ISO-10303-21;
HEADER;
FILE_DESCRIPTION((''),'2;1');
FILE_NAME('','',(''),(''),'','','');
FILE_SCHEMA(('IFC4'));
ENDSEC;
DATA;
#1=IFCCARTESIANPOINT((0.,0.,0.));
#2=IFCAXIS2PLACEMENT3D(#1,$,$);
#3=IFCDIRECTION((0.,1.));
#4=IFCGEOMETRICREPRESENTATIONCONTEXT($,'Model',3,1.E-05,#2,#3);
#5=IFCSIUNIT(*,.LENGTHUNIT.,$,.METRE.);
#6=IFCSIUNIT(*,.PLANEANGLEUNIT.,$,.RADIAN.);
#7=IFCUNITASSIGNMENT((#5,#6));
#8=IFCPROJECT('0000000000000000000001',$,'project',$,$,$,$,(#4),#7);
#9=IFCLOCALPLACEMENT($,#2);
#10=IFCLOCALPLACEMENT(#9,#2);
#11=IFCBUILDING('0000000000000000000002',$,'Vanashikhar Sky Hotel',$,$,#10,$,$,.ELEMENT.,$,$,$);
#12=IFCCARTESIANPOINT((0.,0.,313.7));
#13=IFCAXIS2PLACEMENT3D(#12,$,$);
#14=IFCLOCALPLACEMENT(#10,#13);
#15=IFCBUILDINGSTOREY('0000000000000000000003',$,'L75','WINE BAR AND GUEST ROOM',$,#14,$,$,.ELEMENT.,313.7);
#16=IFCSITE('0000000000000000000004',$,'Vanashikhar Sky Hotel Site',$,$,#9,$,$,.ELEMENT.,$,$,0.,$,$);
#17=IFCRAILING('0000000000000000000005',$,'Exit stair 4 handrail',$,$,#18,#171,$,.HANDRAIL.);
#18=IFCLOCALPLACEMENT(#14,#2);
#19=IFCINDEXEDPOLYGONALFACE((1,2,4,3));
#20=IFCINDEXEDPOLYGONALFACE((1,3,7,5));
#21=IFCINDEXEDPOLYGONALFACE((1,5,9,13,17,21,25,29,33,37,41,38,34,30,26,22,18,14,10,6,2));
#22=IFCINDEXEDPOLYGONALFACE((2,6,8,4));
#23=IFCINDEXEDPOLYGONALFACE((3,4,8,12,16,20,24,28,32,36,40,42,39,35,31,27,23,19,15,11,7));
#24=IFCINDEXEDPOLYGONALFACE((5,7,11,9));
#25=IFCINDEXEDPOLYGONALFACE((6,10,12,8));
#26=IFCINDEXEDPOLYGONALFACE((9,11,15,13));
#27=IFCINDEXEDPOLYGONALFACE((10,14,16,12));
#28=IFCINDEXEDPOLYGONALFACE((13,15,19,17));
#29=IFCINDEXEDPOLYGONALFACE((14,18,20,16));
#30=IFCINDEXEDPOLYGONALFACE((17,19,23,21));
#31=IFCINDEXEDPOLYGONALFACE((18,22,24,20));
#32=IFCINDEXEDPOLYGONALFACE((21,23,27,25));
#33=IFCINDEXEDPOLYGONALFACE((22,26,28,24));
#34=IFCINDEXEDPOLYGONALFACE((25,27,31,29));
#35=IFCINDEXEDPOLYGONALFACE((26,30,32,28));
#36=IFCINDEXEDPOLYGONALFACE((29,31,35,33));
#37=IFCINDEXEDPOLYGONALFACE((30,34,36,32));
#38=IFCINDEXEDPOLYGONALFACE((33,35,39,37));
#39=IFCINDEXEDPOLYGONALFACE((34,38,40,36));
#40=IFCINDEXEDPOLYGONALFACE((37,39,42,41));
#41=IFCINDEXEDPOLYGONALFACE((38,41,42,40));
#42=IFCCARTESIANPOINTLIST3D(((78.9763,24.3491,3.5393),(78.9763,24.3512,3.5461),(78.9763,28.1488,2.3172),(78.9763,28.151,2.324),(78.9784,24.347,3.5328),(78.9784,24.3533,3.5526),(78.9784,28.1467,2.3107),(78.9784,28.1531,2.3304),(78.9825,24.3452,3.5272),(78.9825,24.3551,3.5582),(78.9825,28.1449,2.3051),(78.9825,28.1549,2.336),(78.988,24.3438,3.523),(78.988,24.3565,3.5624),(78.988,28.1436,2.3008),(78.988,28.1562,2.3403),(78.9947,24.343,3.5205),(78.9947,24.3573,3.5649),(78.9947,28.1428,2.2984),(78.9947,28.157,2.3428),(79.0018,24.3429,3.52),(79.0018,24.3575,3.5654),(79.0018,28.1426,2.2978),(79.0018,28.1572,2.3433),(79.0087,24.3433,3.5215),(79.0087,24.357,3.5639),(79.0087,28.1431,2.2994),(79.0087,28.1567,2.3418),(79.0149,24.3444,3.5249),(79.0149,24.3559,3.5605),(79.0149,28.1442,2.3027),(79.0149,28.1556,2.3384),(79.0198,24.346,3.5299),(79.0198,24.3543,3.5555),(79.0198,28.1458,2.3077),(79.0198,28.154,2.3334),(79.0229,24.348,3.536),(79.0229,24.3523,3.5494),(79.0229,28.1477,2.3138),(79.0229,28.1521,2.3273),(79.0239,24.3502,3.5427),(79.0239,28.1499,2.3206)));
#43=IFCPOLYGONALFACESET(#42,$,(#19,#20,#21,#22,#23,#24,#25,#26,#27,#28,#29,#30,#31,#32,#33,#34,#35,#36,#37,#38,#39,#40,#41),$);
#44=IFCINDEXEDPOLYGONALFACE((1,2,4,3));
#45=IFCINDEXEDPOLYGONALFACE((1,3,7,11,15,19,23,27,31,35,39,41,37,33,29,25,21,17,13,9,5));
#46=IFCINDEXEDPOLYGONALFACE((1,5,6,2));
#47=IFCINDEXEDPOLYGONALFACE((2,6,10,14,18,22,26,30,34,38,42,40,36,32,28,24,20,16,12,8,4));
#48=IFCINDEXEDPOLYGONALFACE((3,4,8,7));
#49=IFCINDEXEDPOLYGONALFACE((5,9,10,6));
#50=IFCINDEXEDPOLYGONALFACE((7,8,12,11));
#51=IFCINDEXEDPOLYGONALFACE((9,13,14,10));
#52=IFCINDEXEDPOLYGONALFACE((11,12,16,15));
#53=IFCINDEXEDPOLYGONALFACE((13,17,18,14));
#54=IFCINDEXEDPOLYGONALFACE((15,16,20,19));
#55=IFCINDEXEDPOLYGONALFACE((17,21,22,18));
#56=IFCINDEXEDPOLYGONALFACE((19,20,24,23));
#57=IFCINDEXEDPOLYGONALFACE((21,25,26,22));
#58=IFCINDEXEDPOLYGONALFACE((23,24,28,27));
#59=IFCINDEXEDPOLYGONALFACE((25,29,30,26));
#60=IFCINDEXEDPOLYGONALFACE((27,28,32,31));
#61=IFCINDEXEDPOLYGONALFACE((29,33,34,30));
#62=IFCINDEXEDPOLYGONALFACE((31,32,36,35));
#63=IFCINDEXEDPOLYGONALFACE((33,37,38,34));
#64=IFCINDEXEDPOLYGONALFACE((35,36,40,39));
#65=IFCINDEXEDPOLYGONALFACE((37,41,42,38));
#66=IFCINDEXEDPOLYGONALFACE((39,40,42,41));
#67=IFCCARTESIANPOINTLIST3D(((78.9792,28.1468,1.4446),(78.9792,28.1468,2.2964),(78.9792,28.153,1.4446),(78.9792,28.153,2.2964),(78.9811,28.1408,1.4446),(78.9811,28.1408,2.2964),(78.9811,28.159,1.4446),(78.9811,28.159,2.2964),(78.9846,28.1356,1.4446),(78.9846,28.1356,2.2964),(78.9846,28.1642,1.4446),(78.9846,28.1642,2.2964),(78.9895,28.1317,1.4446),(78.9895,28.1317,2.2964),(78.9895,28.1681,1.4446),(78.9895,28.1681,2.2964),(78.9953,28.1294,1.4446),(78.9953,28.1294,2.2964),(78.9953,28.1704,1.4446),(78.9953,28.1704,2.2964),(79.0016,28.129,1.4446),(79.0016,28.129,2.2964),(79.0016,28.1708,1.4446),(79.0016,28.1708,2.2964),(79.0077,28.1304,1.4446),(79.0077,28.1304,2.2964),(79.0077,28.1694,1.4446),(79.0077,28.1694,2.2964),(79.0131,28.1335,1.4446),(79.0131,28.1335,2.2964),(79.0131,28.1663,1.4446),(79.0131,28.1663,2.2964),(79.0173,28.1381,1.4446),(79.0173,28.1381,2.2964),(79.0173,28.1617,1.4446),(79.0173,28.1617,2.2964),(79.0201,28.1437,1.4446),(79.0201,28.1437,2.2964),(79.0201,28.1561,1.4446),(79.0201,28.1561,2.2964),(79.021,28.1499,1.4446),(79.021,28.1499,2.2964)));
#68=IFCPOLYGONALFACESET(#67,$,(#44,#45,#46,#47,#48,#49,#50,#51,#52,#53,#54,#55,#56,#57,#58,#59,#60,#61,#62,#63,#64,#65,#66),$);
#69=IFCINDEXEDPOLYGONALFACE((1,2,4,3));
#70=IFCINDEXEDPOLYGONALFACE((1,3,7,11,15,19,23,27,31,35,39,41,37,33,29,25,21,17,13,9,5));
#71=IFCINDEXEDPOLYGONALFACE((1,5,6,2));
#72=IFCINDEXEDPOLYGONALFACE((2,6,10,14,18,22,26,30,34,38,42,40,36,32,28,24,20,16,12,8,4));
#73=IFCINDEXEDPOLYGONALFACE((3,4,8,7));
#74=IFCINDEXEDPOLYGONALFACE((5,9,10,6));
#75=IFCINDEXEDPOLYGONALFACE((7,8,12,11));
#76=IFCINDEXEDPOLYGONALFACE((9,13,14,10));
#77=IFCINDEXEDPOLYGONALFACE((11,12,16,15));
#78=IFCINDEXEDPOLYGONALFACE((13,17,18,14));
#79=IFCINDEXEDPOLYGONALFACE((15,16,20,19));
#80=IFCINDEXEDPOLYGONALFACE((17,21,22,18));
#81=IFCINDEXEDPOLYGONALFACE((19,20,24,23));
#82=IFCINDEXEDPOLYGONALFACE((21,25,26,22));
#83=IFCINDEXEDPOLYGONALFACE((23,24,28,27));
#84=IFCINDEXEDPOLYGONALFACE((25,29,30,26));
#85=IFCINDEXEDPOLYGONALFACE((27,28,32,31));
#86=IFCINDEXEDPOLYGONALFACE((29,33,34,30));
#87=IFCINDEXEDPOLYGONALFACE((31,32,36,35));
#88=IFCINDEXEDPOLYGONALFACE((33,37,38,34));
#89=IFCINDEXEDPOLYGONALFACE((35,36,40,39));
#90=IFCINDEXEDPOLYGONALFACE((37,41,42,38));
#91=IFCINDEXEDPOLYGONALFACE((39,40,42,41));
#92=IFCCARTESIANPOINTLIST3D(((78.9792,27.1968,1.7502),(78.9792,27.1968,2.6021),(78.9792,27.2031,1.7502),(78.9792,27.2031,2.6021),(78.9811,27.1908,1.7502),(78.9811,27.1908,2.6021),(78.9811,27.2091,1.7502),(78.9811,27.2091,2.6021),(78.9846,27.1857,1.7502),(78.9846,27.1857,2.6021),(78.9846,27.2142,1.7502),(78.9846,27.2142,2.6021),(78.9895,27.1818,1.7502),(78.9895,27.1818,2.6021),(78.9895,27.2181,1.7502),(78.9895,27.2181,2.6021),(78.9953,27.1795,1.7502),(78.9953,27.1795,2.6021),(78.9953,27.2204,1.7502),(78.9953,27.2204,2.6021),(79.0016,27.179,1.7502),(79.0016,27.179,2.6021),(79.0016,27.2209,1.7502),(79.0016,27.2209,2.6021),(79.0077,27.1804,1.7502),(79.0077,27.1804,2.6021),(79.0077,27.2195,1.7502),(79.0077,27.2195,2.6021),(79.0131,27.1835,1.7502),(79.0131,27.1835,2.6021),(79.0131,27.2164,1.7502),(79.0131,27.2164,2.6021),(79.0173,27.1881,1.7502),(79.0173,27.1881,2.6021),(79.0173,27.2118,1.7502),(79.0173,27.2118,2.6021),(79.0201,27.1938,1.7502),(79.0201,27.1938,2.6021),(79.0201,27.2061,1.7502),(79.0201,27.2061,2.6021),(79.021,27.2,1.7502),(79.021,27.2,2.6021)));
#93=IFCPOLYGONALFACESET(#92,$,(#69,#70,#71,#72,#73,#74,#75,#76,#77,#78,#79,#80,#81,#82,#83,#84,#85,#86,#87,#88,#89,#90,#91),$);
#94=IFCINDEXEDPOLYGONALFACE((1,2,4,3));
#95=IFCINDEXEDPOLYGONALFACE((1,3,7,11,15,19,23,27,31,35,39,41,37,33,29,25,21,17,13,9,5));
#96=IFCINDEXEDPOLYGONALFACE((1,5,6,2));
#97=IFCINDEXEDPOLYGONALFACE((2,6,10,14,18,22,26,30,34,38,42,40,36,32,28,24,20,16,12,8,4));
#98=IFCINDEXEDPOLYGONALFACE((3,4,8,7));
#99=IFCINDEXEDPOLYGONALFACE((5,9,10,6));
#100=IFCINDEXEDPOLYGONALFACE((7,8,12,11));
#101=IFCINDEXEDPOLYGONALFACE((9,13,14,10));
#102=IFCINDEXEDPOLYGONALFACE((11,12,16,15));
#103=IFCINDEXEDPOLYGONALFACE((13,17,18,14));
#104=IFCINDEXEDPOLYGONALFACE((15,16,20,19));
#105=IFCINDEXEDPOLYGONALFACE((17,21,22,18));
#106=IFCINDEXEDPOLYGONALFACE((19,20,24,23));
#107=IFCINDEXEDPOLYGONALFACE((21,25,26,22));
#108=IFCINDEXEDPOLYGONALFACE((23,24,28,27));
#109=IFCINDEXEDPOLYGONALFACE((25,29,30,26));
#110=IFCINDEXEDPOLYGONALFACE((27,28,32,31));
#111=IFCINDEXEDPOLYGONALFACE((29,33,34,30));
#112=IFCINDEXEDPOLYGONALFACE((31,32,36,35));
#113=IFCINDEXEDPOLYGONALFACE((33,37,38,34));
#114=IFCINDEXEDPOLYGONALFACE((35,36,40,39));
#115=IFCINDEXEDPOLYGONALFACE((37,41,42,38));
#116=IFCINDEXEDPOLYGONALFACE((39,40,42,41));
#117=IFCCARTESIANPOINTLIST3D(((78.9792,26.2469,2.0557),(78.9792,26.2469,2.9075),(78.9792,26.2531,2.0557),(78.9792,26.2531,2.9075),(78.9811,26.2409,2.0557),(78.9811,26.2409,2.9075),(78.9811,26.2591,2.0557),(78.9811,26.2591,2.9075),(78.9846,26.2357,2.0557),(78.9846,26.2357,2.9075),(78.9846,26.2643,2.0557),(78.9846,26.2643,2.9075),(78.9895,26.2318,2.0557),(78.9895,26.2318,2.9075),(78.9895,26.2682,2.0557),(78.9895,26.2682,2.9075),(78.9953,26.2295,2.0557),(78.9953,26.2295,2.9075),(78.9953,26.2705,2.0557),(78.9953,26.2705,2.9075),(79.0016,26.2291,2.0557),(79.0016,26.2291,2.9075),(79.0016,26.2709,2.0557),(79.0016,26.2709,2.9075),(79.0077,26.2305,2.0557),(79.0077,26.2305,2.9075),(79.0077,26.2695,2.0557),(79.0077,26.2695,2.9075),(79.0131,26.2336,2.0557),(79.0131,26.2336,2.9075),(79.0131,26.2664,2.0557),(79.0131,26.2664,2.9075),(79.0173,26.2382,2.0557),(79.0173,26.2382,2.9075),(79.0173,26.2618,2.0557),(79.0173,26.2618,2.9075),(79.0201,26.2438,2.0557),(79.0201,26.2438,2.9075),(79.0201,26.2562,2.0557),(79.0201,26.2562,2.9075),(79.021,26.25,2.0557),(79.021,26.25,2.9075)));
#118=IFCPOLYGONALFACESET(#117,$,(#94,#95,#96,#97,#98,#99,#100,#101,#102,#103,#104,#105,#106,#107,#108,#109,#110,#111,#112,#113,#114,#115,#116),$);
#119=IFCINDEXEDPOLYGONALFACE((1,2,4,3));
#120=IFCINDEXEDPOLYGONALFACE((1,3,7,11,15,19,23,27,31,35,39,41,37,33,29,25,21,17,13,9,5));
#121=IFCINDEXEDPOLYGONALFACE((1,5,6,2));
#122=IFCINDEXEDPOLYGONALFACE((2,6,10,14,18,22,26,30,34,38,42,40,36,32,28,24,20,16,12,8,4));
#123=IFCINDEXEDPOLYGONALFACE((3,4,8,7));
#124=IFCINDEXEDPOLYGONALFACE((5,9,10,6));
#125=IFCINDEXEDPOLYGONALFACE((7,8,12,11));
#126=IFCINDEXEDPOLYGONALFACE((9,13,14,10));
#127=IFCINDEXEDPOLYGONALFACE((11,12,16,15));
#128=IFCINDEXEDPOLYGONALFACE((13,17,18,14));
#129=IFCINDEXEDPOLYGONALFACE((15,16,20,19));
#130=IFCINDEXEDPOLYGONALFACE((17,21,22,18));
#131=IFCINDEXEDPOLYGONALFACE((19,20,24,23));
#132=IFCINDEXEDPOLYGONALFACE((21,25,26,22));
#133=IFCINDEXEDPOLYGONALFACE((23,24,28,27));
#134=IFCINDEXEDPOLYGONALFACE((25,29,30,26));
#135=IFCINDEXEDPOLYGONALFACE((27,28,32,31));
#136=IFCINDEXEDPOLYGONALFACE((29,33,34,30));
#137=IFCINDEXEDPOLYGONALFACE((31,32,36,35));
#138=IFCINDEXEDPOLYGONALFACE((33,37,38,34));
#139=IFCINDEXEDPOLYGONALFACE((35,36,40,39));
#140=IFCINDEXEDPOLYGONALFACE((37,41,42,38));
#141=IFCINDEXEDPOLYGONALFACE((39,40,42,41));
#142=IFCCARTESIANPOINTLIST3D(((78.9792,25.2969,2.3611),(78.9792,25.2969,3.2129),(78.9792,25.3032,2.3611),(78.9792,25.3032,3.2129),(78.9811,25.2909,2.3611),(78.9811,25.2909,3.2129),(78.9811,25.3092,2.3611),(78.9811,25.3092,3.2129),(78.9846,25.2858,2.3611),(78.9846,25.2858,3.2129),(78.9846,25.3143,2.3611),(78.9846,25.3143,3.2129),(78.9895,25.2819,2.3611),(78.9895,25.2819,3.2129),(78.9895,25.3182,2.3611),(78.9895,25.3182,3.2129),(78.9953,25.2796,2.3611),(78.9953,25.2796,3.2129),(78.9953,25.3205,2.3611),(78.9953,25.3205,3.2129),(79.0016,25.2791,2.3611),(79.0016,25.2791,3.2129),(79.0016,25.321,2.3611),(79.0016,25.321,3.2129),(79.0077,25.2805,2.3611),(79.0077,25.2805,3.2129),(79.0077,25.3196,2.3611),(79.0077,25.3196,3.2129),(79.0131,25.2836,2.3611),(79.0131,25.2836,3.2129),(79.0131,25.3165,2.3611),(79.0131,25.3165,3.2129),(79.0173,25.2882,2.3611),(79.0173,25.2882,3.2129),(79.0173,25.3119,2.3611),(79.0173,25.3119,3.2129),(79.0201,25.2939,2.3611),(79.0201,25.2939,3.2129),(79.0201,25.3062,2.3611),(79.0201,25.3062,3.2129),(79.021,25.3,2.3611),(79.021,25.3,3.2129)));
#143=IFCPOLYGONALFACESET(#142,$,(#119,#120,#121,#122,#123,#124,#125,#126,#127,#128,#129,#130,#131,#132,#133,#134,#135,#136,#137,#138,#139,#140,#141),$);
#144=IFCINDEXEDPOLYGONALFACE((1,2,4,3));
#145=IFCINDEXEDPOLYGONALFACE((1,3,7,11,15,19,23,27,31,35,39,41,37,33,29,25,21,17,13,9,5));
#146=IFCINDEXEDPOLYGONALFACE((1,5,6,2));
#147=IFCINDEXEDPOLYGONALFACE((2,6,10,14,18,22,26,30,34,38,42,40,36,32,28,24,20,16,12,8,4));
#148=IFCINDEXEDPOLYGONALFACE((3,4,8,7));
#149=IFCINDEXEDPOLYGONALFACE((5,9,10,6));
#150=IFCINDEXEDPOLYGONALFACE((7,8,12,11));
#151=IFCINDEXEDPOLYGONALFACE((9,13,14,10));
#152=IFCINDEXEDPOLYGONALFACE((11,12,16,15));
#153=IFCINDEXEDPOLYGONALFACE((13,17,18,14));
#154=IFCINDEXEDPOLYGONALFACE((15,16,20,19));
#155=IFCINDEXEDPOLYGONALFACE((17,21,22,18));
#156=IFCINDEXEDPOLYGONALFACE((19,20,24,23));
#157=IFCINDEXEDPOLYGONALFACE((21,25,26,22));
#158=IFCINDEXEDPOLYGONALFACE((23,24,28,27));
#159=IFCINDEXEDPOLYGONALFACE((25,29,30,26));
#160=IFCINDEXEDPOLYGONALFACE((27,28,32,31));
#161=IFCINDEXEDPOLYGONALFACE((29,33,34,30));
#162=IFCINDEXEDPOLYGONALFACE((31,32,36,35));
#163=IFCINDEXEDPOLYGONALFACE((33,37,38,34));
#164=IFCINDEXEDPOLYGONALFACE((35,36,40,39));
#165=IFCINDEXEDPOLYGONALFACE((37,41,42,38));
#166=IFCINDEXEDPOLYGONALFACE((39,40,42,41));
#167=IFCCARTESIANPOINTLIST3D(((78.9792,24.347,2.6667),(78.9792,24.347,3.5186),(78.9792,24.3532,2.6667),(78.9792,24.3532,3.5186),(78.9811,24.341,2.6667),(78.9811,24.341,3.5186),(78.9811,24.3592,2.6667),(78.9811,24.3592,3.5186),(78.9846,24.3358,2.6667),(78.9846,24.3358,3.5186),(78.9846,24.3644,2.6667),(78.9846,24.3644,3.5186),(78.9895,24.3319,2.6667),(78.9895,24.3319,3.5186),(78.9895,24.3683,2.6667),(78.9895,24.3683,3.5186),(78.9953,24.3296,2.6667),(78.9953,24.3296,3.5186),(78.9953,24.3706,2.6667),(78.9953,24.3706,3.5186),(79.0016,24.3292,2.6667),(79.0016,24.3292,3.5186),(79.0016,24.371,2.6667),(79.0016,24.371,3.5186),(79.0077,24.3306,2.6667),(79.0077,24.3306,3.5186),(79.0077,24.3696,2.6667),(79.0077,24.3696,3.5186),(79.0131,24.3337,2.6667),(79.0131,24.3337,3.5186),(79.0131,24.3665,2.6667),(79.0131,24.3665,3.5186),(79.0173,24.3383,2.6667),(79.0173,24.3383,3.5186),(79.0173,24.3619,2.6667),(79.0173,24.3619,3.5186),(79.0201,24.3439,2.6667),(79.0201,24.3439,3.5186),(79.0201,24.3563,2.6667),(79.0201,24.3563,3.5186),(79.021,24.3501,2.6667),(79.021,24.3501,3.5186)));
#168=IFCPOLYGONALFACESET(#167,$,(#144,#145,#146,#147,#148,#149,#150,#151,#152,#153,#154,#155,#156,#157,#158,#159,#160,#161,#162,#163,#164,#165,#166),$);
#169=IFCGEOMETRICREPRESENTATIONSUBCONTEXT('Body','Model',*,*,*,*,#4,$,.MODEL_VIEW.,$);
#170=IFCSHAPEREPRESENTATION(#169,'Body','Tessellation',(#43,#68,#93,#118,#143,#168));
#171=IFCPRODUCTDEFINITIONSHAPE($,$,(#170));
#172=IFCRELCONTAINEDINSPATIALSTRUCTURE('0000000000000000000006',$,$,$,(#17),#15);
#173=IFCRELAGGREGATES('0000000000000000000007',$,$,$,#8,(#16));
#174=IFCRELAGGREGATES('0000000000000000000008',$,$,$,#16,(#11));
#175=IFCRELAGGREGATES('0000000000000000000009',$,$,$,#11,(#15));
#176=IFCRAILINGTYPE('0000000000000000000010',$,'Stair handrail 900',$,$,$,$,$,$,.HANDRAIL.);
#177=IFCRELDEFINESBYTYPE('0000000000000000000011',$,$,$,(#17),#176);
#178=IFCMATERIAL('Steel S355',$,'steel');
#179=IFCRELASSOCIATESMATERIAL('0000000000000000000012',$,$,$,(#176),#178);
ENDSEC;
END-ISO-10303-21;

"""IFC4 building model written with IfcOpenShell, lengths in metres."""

from ifc_helpers import new_model, si_unit, direction, frame, origin, origin_2d, place, context, subcontext, project, spatial, circle, extrude, source, transform, mapped, material, type_object, element, save


model = new_model("IFC4")

# Units and contexts
model_context = context("Model", 3, precision=1e-05, world=origin(), true_north=direction((0.0, 1.0)))
body_context = subcontext(model_context, "Body", "Model", "MODEL_VIEW")
ifc_project = project(units=[si_unit("LENGTHUNIT", "METRE"), si_unit("PLANEANGLEUNIT", "RADIAN")], contexts=[model_context])

# Site, building, storey
site_placement = place(None, origin())
site = spatial("IfcSite", under=ifc_project, at=site_placement, Name="Vanashikhar Sky Hotel Site", CompositionType="ELEMENT", RefElevation=0.0)
building_placement = place(site_placement, origin())
building = spatial("IfcBuilding", under=site, at=building_placement, Name="Vanashikhar Sky Hotel", CompositionType="ELEMENT")
storey_placement = place(building_placement, frame((0.0, 0.0, 313.7)))
storey = spatial("IfcBuildingStorey", under=building, at=storey_placement, Name="L75", Description="WINE BAR AND GUEST ROOM", CompositionType="ELEMENT", Elevation=313.7)

# Railing
ifc_material_1 = material(Name="Steel S355", Category="steel")
railing_type_1 = type_object("IfcRailingType", Name="Stair handrail 900", PredefinedType="HANDRAIL", material=ifc_material_1)
shared_shape_1 = source(origin(), body_context, "Body", "SweptSolid", [
    extrude(circle(Radius=0.0239, at=origin_2d()), frame((0.0, 0.0, 0.876), z_axis=(0.0, -0.95197, 0.306191), x_axis=(1.0, 0.0, 0.0)), (0.0, 0.0, 1.0), 3.9915),
    extrude(circle(Radius=0.021, at=origin_2d()), origin(), (0.0, 0.0, 1.0), 0.8518),
    extrude(circle(Radius=0.021, at=origin_2d()), frame((0.0, -0.95, 0.3057)), (0.0, 0.0, 1.0), 0.8518),
    extrude(circle(Radius=0.021, at=origin_2d()), frame((0.0, -1.8999, 0.6111)), (0.0, 0.0, 1.0), 0.8518),
    extrude(circle(Radius=0.021, at=origin_2d()), frame((0.0, -2.8499, 0.9165)), (0.0, 0.0, 1.0), 0.8518),
    extrude(circle(Radius=0.021, at=origin_2d()), frame((0.0, -3.7998, 1.2222)), (0.0, 0.0, 1.0), 0.8518),
])
railing_1_placement = place(storey_placement, frame((79.0, 28.1499, 1.4446)))
element("IfcRailing", 1, at=railing_1_placement, inside=storey, type_object=railing_type_1, Name="Exit stair 4 handrail", PredefinedType="HANDRAIL", context=body_context, shape_type="MappedRepresentation", body=[
    mapped(shared_shape_1, transform((0.0, 0.0, 0.0), scale=1.0)),
])

save(model, "model.ifc")
